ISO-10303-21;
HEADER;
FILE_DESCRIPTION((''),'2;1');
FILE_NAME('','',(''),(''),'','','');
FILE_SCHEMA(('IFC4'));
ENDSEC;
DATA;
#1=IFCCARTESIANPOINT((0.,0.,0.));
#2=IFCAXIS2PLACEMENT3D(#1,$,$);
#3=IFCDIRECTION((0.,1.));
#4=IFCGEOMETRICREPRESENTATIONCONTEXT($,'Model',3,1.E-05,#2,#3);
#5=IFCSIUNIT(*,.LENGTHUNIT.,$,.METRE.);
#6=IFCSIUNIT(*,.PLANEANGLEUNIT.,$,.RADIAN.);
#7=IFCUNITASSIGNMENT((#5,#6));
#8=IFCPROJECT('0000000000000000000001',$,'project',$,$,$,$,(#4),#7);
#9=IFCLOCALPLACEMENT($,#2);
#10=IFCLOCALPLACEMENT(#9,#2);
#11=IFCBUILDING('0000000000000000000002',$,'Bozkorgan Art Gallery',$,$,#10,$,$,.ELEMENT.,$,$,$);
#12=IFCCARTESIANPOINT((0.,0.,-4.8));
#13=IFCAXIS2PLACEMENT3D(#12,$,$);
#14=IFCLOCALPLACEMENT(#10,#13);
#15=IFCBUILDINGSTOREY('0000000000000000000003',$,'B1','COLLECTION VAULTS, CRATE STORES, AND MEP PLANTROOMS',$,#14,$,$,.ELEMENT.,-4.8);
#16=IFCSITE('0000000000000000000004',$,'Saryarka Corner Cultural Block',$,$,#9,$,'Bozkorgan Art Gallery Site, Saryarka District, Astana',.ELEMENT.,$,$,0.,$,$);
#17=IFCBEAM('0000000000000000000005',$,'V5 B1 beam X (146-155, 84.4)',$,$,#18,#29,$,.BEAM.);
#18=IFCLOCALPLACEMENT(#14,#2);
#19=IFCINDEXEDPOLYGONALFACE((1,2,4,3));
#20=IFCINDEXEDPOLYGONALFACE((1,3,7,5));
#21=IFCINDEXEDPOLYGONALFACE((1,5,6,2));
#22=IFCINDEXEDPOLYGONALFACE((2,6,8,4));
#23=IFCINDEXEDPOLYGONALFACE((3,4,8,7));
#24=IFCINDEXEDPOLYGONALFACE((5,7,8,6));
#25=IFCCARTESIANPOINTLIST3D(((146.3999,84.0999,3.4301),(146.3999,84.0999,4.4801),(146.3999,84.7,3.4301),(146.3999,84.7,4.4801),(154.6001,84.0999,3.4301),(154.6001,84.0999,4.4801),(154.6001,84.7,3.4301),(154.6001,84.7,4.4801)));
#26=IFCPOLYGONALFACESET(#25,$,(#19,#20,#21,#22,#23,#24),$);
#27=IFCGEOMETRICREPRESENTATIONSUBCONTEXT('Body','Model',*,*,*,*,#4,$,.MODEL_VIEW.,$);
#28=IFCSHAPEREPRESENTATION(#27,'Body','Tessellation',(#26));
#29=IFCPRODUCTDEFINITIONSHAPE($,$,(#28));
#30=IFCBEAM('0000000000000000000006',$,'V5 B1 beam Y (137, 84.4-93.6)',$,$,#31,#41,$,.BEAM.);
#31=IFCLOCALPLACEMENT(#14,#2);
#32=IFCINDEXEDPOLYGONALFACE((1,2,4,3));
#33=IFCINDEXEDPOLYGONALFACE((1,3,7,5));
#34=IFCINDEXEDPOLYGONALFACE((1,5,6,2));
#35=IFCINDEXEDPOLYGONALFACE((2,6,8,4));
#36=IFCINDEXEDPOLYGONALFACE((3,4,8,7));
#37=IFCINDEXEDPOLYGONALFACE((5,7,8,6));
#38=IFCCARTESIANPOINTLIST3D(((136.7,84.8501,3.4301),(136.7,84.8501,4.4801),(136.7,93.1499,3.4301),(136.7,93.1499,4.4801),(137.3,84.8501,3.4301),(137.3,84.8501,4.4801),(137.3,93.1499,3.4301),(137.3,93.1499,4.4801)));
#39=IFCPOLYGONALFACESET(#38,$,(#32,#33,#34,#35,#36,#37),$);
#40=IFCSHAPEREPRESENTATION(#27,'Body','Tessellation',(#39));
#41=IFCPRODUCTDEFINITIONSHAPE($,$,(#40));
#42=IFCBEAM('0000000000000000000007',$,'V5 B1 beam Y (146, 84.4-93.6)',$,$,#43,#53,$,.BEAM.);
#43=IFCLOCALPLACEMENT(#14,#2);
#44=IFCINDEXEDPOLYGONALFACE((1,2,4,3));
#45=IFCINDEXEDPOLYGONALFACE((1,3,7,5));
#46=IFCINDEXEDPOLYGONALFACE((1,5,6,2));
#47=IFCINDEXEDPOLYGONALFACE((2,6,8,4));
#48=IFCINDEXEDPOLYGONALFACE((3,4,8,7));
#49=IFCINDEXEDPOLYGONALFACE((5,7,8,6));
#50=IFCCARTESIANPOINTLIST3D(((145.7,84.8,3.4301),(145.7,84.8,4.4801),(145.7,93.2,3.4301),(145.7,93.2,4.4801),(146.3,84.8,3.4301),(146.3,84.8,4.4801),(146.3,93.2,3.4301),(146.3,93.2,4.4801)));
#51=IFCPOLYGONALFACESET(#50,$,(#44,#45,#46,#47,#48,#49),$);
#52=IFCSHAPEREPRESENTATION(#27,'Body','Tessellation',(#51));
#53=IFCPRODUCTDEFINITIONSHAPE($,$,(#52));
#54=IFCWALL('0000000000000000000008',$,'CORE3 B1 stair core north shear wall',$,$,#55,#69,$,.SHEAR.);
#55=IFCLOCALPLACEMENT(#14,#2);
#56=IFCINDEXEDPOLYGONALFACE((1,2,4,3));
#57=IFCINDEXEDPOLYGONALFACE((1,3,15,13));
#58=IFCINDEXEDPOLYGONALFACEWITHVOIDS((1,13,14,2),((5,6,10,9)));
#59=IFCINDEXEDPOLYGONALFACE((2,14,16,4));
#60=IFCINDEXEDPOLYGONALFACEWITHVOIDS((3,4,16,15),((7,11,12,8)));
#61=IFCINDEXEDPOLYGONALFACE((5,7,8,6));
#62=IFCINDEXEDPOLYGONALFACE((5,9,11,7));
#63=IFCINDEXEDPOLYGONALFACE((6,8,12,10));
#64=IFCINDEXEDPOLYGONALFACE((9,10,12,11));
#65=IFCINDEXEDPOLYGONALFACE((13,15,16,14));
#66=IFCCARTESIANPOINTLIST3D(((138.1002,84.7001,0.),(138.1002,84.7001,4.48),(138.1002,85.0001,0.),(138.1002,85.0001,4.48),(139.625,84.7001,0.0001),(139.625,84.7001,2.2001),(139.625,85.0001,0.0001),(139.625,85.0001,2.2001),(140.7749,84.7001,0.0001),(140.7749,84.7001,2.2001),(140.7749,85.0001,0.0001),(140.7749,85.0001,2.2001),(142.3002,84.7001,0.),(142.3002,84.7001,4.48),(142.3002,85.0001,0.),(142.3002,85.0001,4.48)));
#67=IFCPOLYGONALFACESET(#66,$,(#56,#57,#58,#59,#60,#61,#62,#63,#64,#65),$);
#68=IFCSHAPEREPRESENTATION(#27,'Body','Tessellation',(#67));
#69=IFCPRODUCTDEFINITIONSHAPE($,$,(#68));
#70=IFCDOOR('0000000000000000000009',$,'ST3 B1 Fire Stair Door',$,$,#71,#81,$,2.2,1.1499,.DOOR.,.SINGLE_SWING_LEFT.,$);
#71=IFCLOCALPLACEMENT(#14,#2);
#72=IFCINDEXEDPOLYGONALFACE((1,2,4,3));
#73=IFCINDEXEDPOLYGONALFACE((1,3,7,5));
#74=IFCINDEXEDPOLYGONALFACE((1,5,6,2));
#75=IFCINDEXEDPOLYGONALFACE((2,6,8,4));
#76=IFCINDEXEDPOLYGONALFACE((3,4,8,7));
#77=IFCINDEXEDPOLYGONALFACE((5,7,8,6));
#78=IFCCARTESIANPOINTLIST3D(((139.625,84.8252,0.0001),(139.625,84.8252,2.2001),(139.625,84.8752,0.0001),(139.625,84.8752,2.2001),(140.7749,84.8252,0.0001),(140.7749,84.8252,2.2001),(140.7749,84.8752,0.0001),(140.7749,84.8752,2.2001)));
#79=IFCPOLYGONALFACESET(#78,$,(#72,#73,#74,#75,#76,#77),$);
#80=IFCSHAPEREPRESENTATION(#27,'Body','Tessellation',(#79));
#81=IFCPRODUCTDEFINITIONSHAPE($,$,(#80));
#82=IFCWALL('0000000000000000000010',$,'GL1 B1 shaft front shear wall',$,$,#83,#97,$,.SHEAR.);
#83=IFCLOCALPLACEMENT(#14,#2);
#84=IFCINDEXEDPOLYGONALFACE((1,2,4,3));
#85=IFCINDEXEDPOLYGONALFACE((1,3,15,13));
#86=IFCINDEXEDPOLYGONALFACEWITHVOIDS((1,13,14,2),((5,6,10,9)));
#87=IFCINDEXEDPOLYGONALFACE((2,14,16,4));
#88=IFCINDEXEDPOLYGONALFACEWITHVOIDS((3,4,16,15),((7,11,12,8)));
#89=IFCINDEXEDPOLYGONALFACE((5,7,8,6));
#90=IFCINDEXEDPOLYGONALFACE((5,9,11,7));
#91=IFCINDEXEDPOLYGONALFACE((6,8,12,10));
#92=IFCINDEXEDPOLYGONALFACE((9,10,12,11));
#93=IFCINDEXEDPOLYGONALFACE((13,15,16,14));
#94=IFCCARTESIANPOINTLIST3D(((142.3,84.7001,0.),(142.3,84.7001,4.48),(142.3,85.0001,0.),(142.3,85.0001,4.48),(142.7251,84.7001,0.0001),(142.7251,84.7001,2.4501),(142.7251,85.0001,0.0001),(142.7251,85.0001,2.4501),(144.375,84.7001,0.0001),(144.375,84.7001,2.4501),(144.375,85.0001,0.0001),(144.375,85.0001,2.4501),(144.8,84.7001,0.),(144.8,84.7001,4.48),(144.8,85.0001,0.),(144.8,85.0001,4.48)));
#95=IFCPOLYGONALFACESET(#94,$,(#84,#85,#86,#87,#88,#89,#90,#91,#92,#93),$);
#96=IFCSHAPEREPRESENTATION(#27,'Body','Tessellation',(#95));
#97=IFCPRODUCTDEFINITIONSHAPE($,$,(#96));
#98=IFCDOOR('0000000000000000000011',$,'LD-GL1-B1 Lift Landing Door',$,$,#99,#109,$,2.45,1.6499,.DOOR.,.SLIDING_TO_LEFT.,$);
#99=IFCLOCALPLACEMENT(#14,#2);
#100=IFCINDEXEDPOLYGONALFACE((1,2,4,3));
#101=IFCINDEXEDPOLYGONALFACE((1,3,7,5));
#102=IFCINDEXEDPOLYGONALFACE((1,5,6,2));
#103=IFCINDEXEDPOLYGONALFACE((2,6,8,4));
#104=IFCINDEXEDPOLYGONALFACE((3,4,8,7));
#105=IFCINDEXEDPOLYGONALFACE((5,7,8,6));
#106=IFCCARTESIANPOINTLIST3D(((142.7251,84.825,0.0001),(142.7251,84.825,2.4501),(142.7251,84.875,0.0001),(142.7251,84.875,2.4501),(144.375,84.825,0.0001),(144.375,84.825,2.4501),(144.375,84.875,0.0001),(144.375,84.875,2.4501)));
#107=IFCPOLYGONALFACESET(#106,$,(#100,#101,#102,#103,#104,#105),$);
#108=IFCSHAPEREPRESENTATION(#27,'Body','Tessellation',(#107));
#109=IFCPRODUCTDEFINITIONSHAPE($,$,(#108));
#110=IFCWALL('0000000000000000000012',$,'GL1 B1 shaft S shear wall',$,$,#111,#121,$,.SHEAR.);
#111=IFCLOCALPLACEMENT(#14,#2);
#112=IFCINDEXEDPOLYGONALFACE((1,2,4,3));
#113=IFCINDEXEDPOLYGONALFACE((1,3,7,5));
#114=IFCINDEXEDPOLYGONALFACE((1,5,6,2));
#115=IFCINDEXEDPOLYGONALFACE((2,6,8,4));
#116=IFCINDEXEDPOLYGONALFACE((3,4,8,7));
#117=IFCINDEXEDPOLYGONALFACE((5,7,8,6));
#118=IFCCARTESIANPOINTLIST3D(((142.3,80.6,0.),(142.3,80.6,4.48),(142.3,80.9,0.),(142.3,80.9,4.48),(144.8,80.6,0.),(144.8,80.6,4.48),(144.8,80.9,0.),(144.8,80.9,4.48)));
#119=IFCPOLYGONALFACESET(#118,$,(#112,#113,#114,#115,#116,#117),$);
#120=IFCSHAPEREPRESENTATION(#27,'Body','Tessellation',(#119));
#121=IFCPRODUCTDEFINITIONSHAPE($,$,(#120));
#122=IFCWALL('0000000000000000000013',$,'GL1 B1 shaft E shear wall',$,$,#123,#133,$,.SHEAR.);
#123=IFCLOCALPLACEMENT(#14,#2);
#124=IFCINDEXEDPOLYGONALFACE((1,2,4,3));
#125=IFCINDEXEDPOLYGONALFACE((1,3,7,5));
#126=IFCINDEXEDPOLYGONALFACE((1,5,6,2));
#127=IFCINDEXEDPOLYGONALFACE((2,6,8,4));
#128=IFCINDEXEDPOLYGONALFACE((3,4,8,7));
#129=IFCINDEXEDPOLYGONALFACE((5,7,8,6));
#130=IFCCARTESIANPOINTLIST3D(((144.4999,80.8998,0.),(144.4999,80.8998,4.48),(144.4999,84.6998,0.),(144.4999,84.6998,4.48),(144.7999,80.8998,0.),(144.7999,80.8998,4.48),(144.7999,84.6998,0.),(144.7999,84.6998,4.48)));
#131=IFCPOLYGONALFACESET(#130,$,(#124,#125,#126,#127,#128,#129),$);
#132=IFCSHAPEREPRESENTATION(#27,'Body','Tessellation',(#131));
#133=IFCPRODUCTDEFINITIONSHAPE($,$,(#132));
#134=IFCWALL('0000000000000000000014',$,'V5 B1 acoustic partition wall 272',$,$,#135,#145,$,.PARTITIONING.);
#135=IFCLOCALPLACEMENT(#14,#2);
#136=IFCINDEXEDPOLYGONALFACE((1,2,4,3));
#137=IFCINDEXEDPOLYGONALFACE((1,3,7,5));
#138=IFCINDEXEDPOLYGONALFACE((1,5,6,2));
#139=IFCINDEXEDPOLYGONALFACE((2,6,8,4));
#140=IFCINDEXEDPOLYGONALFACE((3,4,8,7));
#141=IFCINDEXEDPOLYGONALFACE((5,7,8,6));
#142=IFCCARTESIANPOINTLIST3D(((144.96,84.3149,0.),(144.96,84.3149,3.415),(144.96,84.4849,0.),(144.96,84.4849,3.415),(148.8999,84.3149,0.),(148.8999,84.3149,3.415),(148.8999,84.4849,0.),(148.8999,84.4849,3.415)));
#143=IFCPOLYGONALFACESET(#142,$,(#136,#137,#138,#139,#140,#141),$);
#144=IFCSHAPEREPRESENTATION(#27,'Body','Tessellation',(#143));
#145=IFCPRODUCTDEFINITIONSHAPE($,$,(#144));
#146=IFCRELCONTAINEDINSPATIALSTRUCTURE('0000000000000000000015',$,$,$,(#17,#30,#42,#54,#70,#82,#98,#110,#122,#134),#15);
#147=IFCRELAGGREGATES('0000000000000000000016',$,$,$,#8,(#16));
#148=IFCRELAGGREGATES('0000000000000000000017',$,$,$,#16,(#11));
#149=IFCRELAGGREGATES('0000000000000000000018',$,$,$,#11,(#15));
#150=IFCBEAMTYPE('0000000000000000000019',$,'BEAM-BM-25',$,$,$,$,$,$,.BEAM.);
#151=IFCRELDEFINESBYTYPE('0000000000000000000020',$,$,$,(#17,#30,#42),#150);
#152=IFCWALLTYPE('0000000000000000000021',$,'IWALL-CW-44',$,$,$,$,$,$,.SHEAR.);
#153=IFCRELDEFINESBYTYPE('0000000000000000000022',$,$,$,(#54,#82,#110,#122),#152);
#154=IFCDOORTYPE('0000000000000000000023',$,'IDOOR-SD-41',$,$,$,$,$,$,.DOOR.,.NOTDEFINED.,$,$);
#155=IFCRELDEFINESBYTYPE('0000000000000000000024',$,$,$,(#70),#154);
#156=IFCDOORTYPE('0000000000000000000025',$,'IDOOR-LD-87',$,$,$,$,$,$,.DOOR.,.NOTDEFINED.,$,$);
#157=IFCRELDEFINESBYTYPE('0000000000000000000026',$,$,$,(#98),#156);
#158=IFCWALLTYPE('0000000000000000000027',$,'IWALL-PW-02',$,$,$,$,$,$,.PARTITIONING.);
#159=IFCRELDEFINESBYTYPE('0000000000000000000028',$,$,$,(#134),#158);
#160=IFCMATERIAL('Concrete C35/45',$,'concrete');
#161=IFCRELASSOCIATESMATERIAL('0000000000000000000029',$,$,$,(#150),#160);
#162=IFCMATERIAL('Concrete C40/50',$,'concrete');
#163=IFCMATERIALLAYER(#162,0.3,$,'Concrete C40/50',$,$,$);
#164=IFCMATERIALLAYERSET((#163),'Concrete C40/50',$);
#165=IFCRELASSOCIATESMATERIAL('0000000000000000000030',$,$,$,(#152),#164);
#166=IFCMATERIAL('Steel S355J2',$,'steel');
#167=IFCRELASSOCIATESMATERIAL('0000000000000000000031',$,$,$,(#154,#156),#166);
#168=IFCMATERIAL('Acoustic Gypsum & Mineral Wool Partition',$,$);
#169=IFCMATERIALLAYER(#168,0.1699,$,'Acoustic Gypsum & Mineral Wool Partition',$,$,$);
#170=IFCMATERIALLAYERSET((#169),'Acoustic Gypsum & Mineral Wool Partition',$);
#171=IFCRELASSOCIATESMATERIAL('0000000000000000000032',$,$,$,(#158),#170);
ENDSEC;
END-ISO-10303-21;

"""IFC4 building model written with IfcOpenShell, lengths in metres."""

from ifc_helpers import new_model, si_unit, direction, frame, frame_2d, origin, origin_2d, place, context, subcontext, project, spatial, rectangle, extrude, material, layer, layer_set, material_profile, profile_set, type_object, element, fill, save


model = new_model("IFC4")

# Units and contexts
model_context = context("Model", 3, precision=1e-05, world=origin(), true_north=direction((0.0, 1.0)))
body_context = subcontext(model_context, "Body", "Model", "MODEL_VIEW")
ifc_project = project(units=[si_unit("LENGTHUNIT", "METRE"), si_unit("PLANEANGLEUNIT", "RADIAN")], contexts=[model_context])

# Site, building, storey
site_placement = place(None, origin())
site = spatial("IfcSite", under=ifc_project, at=site_placement, Name="Saryarka Corner Cultural Block", LongName="Bozkorgan Art Gallery Site, Saryarka District, Astana", CompositionType="ELEMENT", RefElevation=0.0)
building_placement = place(site_placement, origin())
building = spatial("IfcBuilding", under=site, at=building_placement, Name="Bozkorgan Art Gallery", CompositionType="ELEMENT")
storey_placement = place(building_placement, frame((0.0, 0.0, -4.8)))
storey = spatial("IfcBuildingStorey", under=building, at=storey_placement, Name="B1", Description="COLLECTION VAULTS, CRATE STORES, AND MEP PLANTROOMS", CompositionType="ELEMENT", Elevation=-4.8)

# Shared definitions
ifc_material_1 = material(Name="Concrete C40/50", Category="concrete")

# Beams
ifc_material_2 = material(Name="Concrete C35/45", Category="concrete")
ifc_material_profile_1 = material_profile(ifc_material_2, rectangle(XDim=0.6001, YDim=1.05, at=origin_2d()), Name="RC 600x1050")
ifc_profile_set_1 = profile_set([ifc_material_profile_1], Name="Concrete C35/45")
beam_type = type_object("IfcBeamType", Name="BEAM-BM-25", PredefinedType="BEAM", material=ifc_profile_set_1)
beam_1_placement = place(storey_placement, frame((146.3999, 84.3999, 3.9551), z_axis=(1.0, 0.0, 0.0), x_axis=(0.0, 1.0, 0.0)))
element("IfcBeam", 1, at=beam_1_placement, inside=storey, type_object=beam_type, Name="V5 B1 beam X (146-155, 84.4)", PredefinedType="BEAM", context=body_context, shape_type="SweptSolid", body=[
    extrude(rectangle(XDim=0.6001, YDim=1.05, at=origin_2d()), origin(), (0.0, 0.0, 1.0), 8.2002),
])
beam_2_placement = place(storey_placement, frame((137.0, 84.8501, 3.9551), z_axis=(0.0, 1.0, 0.0), x_axis=(-1.0, 0.0, 0.0)))
element("IfcBeam", 2, at=beam_2_placement, inside=storey, type_object=beam_type, Name="V5 B1 beam Y (137, 84.4-93.6)", PredefinedType="BEAM", context=body_context, shape_type="SweptSolid", body=[
    extrude(rectangle(XDim=0.6001, YDim=1.05, at=origin_2d()), origin(), (0.0, 0.0, 1.0), 8.2998),
])
beam_3_placement = place(storey_placement, frame((146.0, 84.8, 3.9551), z_axis=(0.0, 1.0, 0.0), x_axis=(-1.0, 0.0, 0.0)))
element("IfcBeam", 3, at=beam_3_placement, inside=storey, type_object=beam_type, Name="V5 B1 beam Y (146, 84.4-93.6)", PredefinedType="BEAM", context=body_context, shape_type="SweptSolid", body=[
    extrude(rectangle(XDim=0.6001, YDim=1.05, at=origin_2d()), origin(), (0.0, 0.0, 1.0), 8.3999),
])

# Walls, openings, doors
ifc_layer_1 = layer(ifc_material_1, 0.3, Name="Concrete C40/50")
ifc_layer_set_1 = layer_set([ifc_layer_1], Name="Concrete C40/50")
wall_type_1 = type_object("IfcWallType", Name="IWALL-CW-44", PredefinedType="SHEAR", material=ifc_layer_set_1)
wall_1_placement = place(storey_placement, frame((138.1001, 84.8501, 0.0), z_axis=(0.0, 0.0, 1.0), x_axis=(1.0, 0.0, 0.0)))
wall_1 = element("IfcWall", 4, at=wall_1_placement, inside=storey, type_object=wall_type_1, Name="CORE3 B1 stair core north shear wall", PredefinedType="SHEAR", context=body_context, shape_type="SweptSolid", body=[
    extrude(rectangle(XDim=4.2, YDim=0.3, at=frame_2d((2.1001, 0.0))), origin(), (0.0, 0.0, 1.0), 4.48),
])
opening_1_placement = place(wall_1_placement, frame((2.6748, 0.0, 0.0), z_axis=(0.0, 0.0, 1.0), x_axis=(-1.0, 0.0, 0.0)))
opening_1 = element("IfcOpeningElement", 5, at=opening_1_placement, cuts=wall_1, PredefinedType="OPENING", context=body_context, shape_type="SweptSolid", body=[
    extrude(rectangle(XDim=1.1499, YDim=2.2, at=frame_2d((0.575, 1.1001))), frame((0.0, 0.1602, 0.0), z_axis=(0.0, -1.0, 0.0), x_axis=(1.0, 0.0, 0.0)), (0.0, 0.0, 1.0), 0.3201),
])
ifc_material_3 = material(Name="Steel S355J2", Category="steel")
door_type_1 = type_object("IfcDoorType", Name="IDOOR-SD-41", OperationType="NOTDEFINED", PredefinedType="DOOR", material=ifc_material_3)
door_1_placement = place(opening_1_placement, origin())
door_1 = element("IfcDoor", 6, at=door_1_placement, inside=storey, type_object=door_type_1, Name="ST3 B1 Fire Stair Door", OperationType="SINGLE_SWING_LEFT", OverallHeight=2.2, OverallWidth=1.1499, PredefinedType="DOOR", context=body_context, shape_type="SweptSolid", body=[
    extrude(rectangle(XDim=1.1499, YDim=2.2, at=frame_2d((0.575, 1.1001))), frame((0.0, 0.0249, 0.0), z_axis=(0.0, -1.0, 0.0), x_axis=(1.0, 0.0, 0.0)), (0.0, 0.0, 1.0), 0.05),
])
fill(opening_1, door_1)
wall_2_placement = place(storey_placement, frame((142.3, 84.8501, 0.0), z_axis=(0.0, 0.0, 1.0), x_axis=(1.0, 0.0, 0.0)))
wall_2 = element("IfcWall", 7, at=wall_2_placement, inside=storey, type_object=wall_type_1, Name="GL1 B1 shaft front shear wall", PredefinedType="SHEAR", context=body_context, shape_type="SweptSolid", body=[
    extrude(rectangle(XDim=2.5, YDim=0.3, at=frame_2d((1.25, 0.0))), origin(), (0.0, 0.0, 1.0), 4.48),
])
opening_2_placement = place(wall_2_placement, frame((0.425, 0.0, 0.0)))
opening_2 = element("IfcOpeningElement", 8, at=opening_2_placement, cuts=wall_2, PredefinedType="OPENING", context=body_context, shape_type="SweptSolid", body=[
    extrude(rectangle(XDim=1.6499, YDim=2.45, at=frame_2d((0.825, 1.2251))), frame((0.0, 0.1602, 0.0), z_axis=(0.0, -1.0, 0.0), x_axis=(1.0, 0.0, 0.0)), (0.0, 0.0, 1.0), 0.3201),
])
door_type_2 = type_object("IfcDoorType", Name="IDOOR-LD-87", OperationType="NOTDEFINED", PredefinedType="DOOR", material=ifc_material_3)
door_2_placement = place(opening_2_placement, origin())
door_2 = element("IfcDoor", 9, at=door_2_placement, inside=storey, type_object=door_type_2, Name="LD-GL1-B1 Lift Landing Door", OperationType="SLIDING_TO_LEFT", OverallHeight=2.45, OverallWidth=1.6499, PredefinedType="DOOR", context=body_context, shape_type="SweptSolid", body=[
    extrude(rectangle(XDim=1.6499, YDim=2.45, at=frame_2d((0.825, 1.2251))), frame((0.0, 0.0249, 0.0), z_axis=(0.0, -1.0, 0.0), x_axis=(1.0, 0.0, 0.0)), (0.0, 0.0, 1.0), 0.05),
])
fill(opening_2, door_2)

# Walls
wall_3_placement = place(storey_placement, frame((142.3, 80.75, 0.0), z_axis=(0.0, 0.0, 1.0), x_axis=(1.0, 0.0, 0.0)))
element("IfcWall", 10, at=wall_3_placement, inside=storey, type_object=wall_type_1, Name="GL1 B1 shaft S shear wall", PredefinedType="SHEAR", context=body_context, shape_type="SweptSolid", body=[
    extrude(rectangle(XDim=2.5, YDim=0.3, at=frame_2d((1.25, 0.0))), origin(), (0.0, 0.0, 1.0), 4.48),
])
wall_4_placement = place(storey_placement, frame((144.6499, 80.8999, 0.0), z_axis=(0.0, 0.0, 1.0), x_axis=(0.0, 1.0, 0.0)))
element("IfcWall", 11, at=wall_4_placement, inside=storey, type_object=wall_type_1, Name="GL1 B1 shaft E shear wall", PredefinedType="SHEAR", context=body_context, shape_type="SweptSolid", body=[
    extrude(rectangle(XDim=3.8, YDim=0.3, at=frame_2d((1.8999, 0.0))), origin(), (0.0, 0.0, 1.0), 4.48),
])
ifc_material_4 = material(Name="Acoustic Gypsum & Mineral Wool Partition")
ifc_layer_2 = layer(ifc_material_4, 0.1699, Name="Acoustic Gypsum & Mineral Wool Partition")
ifc_layer_set_2 = layer_set([ifc_layer_2], Name="Acoustic Gypsum & Mineral Wool Partition")
wall_type_2 = type_object("IfcWallType", Name="IWALL-PW-02", PredefinedType="PARTITIONING", material=ifc_layer_set_2)
wall_5_placement = place(storey_placement, frame((144.96, 84.3999, 0.0), z_axis=(0.0, 0.0, 1.0), x_axis=(1.0, 0.0, 0.0)))
element("IfcWall", 12, at=wall_5_placement, inside=storey, type_object=wall_type_2, Name="V5 B1 acoustic partition wall 272", PredefinedType="PARTITIONING", context=body_context, shape_type="SweptSolid", body=[
    extrude(rectangle(XDim=3.9399, YDim=0.1699, at=frame_2d((1.97, 0.0))), origin(), (0.0, 0.0, 1.0), 3.415),
])

save(model, "model.ifc")
